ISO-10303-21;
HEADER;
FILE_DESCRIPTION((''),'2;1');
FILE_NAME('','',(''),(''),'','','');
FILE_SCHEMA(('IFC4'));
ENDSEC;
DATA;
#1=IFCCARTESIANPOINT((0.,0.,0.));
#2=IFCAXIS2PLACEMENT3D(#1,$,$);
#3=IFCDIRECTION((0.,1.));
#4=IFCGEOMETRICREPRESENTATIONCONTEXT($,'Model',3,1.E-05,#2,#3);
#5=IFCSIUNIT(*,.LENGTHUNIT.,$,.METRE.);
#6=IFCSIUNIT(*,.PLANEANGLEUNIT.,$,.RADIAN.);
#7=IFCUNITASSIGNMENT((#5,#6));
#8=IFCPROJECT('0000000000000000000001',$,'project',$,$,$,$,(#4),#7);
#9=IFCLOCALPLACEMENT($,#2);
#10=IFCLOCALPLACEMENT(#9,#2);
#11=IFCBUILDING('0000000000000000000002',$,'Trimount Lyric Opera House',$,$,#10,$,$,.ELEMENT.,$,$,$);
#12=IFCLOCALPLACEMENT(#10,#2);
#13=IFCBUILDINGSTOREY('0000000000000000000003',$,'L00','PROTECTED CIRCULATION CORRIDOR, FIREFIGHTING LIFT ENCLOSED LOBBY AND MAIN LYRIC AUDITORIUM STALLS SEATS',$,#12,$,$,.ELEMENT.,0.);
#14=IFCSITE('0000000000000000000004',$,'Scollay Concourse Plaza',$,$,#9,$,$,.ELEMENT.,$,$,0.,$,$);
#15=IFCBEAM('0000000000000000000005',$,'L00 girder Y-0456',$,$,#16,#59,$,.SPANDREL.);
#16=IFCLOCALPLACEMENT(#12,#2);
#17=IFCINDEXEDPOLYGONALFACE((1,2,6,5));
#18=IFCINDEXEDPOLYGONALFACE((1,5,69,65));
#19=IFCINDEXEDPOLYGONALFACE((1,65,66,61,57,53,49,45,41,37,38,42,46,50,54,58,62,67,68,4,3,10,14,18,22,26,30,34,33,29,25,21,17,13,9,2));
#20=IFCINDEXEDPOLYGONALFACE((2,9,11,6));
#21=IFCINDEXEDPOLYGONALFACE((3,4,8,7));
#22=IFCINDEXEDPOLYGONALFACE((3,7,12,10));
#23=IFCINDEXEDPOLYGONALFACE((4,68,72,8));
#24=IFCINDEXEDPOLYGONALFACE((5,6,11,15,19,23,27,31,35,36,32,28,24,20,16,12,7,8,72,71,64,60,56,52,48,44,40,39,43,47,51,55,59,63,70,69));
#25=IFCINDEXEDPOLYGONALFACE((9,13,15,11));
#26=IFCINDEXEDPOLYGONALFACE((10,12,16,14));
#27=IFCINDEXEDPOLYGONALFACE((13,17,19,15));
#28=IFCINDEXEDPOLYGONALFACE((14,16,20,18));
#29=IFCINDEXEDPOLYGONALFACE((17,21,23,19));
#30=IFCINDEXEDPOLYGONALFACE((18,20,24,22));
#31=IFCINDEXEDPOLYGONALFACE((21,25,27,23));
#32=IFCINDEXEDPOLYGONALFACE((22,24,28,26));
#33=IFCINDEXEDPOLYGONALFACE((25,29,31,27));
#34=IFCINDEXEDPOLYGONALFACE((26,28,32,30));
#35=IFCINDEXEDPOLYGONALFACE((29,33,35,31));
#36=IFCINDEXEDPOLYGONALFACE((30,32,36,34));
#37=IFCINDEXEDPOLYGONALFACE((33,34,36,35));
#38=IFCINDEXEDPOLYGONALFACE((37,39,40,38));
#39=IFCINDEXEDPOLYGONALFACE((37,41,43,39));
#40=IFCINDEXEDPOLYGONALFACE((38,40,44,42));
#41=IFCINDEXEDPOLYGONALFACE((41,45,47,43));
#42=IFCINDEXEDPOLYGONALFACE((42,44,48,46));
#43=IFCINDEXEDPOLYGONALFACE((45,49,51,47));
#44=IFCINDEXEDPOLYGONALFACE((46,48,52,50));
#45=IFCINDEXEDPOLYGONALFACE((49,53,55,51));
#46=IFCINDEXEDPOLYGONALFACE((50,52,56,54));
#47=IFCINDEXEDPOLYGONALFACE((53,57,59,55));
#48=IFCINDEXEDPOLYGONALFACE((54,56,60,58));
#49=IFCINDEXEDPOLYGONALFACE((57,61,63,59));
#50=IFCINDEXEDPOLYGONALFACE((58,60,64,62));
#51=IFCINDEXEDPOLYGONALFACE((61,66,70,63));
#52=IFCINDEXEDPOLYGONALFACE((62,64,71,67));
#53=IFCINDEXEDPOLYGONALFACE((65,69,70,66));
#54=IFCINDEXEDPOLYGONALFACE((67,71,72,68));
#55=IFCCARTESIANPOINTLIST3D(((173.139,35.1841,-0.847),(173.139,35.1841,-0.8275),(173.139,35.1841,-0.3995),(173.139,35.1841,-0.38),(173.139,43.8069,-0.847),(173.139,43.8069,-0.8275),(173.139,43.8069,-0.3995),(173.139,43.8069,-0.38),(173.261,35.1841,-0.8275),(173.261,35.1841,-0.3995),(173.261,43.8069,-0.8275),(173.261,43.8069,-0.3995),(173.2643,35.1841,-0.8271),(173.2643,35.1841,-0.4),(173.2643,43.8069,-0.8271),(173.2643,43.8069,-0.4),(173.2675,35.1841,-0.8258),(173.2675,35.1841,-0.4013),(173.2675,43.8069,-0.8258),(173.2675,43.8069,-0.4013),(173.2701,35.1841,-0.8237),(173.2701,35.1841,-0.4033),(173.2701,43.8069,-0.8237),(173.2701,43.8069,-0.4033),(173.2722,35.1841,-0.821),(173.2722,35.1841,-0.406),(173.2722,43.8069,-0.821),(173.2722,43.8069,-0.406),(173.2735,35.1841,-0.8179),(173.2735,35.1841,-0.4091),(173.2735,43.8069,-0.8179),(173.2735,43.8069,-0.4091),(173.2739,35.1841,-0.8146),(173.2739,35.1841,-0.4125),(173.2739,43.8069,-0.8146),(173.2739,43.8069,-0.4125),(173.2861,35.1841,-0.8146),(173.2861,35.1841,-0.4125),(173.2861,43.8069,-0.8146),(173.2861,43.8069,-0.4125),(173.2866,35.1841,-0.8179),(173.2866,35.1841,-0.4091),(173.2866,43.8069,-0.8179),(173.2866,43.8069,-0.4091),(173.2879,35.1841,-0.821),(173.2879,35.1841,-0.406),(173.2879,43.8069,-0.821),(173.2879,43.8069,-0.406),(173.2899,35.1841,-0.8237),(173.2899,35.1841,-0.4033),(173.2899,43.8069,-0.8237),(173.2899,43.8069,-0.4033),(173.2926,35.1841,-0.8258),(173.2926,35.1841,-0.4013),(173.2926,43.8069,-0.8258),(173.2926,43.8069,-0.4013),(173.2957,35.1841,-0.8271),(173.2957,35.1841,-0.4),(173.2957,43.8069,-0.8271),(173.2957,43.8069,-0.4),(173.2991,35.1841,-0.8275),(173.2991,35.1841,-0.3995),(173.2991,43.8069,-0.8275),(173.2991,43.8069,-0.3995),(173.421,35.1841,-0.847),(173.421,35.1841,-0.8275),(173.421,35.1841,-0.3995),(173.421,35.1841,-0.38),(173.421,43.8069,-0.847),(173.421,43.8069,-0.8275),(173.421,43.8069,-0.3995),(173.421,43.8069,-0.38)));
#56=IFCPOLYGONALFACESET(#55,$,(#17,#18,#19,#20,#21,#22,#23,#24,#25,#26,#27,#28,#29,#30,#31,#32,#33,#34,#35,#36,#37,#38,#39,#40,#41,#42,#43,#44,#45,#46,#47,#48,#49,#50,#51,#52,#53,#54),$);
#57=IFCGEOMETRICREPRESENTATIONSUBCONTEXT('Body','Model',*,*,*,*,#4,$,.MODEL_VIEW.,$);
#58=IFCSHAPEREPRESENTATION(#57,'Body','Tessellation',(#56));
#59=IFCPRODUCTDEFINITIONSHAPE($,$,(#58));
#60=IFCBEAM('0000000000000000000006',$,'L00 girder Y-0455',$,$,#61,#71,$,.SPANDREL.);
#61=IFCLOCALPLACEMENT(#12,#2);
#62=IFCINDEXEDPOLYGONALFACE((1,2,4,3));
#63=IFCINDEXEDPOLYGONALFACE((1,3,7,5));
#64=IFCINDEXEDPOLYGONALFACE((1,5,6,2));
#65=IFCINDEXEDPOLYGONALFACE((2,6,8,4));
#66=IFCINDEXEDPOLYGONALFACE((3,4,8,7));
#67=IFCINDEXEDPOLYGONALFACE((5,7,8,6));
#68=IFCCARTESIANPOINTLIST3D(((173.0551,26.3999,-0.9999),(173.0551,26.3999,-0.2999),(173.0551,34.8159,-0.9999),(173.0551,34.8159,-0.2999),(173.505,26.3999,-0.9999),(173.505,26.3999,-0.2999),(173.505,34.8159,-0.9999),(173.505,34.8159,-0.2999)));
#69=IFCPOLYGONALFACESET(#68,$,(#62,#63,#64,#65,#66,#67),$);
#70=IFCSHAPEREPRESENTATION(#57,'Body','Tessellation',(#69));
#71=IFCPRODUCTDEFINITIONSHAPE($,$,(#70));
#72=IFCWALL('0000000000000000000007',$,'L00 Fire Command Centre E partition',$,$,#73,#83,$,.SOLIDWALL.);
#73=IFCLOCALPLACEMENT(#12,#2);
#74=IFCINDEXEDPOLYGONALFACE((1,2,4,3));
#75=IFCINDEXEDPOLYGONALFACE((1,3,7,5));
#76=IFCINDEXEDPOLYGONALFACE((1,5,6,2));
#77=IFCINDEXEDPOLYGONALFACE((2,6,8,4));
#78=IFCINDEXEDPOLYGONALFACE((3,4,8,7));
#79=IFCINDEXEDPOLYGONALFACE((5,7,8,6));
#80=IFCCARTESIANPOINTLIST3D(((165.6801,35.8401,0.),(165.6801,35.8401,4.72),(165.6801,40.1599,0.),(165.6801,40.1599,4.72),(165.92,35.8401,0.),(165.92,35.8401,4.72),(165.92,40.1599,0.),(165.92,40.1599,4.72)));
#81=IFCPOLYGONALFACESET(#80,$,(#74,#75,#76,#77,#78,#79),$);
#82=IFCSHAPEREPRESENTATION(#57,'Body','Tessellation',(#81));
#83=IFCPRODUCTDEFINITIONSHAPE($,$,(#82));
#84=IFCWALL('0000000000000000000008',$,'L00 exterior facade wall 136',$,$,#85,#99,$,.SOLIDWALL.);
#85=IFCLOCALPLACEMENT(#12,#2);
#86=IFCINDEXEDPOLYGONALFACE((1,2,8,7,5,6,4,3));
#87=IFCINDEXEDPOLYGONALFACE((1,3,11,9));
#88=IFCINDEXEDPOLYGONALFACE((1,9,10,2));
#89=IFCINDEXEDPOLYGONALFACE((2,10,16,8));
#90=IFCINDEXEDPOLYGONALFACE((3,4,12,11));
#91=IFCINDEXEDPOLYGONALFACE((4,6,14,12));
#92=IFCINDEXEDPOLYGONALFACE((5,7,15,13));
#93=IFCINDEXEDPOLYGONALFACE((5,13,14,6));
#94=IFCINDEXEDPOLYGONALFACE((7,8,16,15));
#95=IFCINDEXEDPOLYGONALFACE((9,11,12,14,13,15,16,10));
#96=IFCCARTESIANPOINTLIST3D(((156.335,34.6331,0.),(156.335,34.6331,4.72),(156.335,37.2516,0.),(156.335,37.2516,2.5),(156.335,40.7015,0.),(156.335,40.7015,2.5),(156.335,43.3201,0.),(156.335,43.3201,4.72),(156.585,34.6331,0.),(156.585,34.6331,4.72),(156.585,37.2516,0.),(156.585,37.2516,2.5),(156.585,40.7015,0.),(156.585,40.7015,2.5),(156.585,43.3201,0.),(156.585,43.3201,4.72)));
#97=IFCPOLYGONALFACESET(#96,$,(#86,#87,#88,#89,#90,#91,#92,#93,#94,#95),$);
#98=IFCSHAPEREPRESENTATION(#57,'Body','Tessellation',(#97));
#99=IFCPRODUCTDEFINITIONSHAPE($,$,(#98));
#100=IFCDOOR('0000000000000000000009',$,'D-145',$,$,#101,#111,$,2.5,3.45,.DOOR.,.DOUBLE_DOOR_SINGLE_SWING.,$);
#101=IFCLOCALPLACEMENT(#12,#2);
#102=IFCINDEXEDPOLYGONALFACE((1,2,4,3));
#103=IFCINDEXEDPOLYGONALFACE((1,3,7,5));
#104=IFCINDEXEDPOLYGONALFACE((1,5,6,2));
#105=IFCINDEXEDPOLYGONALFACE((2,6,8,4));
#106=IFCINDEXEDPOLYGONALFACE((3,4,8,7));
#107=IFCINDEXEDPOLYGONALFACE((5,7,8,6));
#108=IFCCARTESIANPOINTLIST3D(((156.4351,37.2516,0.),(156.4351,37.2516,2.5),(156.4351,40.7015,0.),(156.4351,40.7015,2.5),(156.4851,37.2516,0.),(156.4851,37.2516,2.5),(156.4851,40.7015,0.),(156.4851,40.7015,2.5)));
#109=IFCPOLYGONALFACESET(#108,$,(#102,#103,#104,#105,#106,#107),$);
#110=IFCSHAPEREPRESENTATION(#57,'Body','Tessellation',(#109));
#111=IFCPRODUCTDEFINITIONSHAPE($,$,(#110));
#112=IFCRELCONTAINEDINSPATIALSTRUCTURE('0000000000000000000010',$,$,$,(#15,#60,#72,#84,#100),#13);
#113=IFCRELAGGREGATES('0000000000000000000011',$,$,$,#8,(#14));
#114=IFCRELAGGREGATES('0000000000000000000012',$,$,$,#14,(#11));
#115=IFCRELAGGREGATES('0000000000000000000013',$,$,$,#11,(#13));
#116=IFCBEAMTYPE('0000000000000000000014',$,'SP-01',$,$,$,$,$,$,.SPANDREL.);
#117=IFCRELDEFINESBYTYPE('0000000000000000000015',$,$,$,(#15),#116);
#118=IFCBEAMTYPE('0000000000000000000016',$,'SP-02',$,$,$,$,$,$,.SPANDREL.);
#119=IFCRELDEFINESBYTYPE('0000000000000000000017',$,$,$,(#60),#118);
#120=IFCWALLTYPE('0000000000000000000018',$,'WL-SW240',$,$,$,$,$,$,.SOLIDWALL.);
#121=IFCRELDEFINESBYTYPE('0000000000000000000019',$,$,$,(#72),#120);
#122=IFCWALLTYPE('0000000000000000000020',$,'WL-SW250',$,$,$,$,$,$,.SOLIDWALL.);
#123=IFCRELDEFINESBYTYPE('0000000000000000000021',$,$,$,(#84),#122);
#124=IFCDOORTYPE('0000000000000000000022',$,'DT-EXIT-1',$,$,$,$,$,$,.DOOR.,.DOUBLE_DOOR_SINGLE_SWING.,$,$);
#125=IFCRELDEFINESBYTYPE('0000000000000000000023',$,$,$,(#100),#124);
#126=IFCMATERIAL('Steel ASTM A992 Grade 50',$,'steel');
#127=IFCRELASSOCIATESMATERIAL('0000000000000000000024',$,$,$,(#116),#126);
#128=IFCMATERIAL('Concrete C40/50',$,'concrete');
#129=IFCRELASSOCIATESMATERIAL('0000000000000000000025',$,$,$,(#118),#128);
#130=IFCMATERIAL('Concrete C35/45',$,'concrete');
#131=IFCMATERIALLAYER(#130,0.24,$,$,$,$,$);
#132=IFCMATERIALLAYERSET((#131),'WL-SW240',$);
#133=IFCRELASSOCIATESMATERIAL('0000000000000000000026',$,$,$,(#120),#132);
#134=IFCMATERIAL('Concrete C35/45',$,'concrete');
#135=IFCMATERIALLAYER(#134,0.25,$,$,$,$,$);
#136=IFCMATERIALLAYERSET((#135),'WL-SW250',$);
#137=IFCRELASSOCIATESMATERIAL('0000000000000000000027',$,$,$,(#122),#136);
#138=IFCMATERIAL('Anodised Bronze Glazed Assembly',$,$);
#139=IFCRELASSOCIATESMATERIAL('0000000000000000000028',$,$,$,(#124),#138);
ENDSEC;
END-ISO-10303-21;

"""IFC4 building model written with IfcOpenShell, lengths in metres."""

from ifc_helpers import new_model, si_unit, direction, frame, frame_2d, origin, origin_2d, place, context, subcontext, project, spatial, rectangle, i_section, extrude, material, layer, layer_set, material_profile, profile_set, type_object, element, fill, save


model = new_model("IFC4")

# Units and contexts
model_context = context("Model", 3, precision=1e-05, world=origin(), true_north=direction((0.0, 1.0)))
body_context = subcontext(model_context, "Body", "Model", "MODEL_VIEW")
ifc_project = project(units=[si_unit("LENGTHUNIT", "METRE"), si_unit("PLANEANGLEUNIT", "RADIAN")], contexts=[model_context])

# Site, building, storey
site_placement = place(None, origin())
site = spatial("IfcSite", under=ifc_project, at=site_placement, Name="Scollay Concourse Plaza", CompositionType="ELEMENT", RefElevation=0.0)
building_placement = place(site_placement, origin())
building = spatial("IfcBuilding", under=site, at=building_placement, Name="Trimount Lyric Opera House", CompositionType="ELEMENT")
storey_placement = place(building_placement, origin())
storey = spatial("IfcBuildingStorey", under=building, at=storey_placement, Name="L00", Description="PROTECTED CIRCULATION CORRIDOR, FIREFIGHTING LIFT ENCLOSED LOBBY AND MAIN LYRIC AUDITORIUM STALLS SEATS", CompositionType="ELEMENT", Elevation=0.0)

# Beams
ifc_material_1 = material(Name="Steel ASTM A992 Grade 50", Category="steel")
ifc_material_profile_1 = material_profile(ifc_material_1, i_section(OverallWidth=0.282, OverallDepth=0.467, WebThickness=0.0122, FlangeThickness=0.0195, FilletRadius=0.0129, at=origin_2d()), Name="W18X86")
ifc_profile_set_1 = profile_set([ifc_material_profile_1], Name="Steel ASTM A992 Grade 50")
beam_type_1 = type_object("IfcBeamType", Name="SP-01", PredefinedType="SPANDREL", material=ifc_profile_set_1)
beam_1_placement = place(storey_placement, frame((173.28, 35.1841, -0.6135), z_axis=(0.0, 1.0, 0.0), x_axis=(-1.0, 0.0, 0.0)))
element("IfcBeam", 1, at=beam_1_placement, inside=storey, type_object=beam_type_1, Name="L00 girder Y-0456", PredefinedType="SPANDREL", context=body_context, shape_type="SweptSolid", body=[
    extrude(i_section(OverallWidth=0.282, OverallDepth=0.467, WebThickness=0.0122, FlangeThickness=0.0195, FilletRadius=0.0129, at=origin_2d()), origin(), (0.0, 0.0, 1.0), 8.6228),
])
ifc_material_2 = material(Name="Concrete C40/50", Category="concrete")
ifc_material_profile_2 = material_profile(ifc_material_2, rectangle(XDim=0.45, YDim=0.7, at=origin_2d()), Name="RC450X700")
ifc_profile_set_2 = profile_set([ifc_material_profile_2], Name="Concrete C40/50")
beam_type_2 = type_object("IfcBeamType", Name="SP-02", PredefinedType="SPANDREL", material=ifc_profile_set_2)
beam_2_placement = place(storey_placement, frame((173.28, 26.3999, -0.6499), z_axis=(0.0, 1.0, 0.0), x_axis=(-1.0, 0.0, 0.0)))
element("IfcBeam", 2, at=beam_2_placement, inside=storey, type_object=beam_type_2, Name="L00 girder Y-0455", PredefinedType="SPANDREL", context=body_context, shape_type="SweptSolid", body=[
    extrude(rectangle(XDim=0.45, YDim=0.7, at=origin_2d()), origin(), (0.0, 0.0, 1.0), 8.416),
])

# Wall
ifc_material_3 = material(Name="Concrete C35/45", Category="concrete")
ifc_layer_1 = layer(ifc_material_3, 0.24)
ifc_layer_set_1 = layer_set([ifc_layer_1], Name="WL-SW240")
wall_type_1 = type_object("IfcWallType", Name="WL-SW240", PredefinedType="SOLIDWALL", material=ifc_layer_set_1)
wall_1_placement = place(storey_placement, frame((165.8, 35.8401, 0.0), z_axis=(0.0, 0.0, 1.0), x_axis=(0.0, 1.0, 0.0)))
element("IfcWall", 3, at=wall_1_placement, inside=storey, type_object=wall_type_1, Name="L00 Fire Command Centre E partition", PredefinedType="SOLIDWALL", context=body_context, shape_type="SweptSolid", body=[
    extrude(rectangle(XDim=4.3198, YDim=0.24, at=frame_2d((2.1599, 0.0))), origin(), (0.0, 0.0, 1.0), 4.72),
])

# Wall, opening, door
ifc_material_4 = material(Name="Concrete C35/45", Category="concrete")
ifc_layer_2 = layer(ifc_material_4, 0.25)
ifc_layer_set_2 = layer_set([ifc_layer_2], Name="WL-SW250")
wall_type_2 = type_object("IfcWallType", Name="WL-SW250", PredefinedType="SOLIDWALL", material=ifc_layer_set_2)
wall_2_placement = place(storey_placement, frame((156.46, 34.6331, 0.0), z_axis=(0.0, 0.0, 1.0), x_axis=(0.0, 1.0, 0.0)))
wall_2 = element("IfcWall", 4, at=wall_2_placement, inside=storey, type_object=wall_type_2, Name="L00 exterior facade wall 136", PredefinedType="SOLIDWALL", context=body_context, shape_type="SweptSolid", body=[
    extrude(rectangle(XDim=8.687, YDim=0.25, at=frame_2d((4.3435, 0.0))), origin(), (0.0, 0.0, 1.0), 4.72),
])
opening_placement = place(wall_2_placement, frame((2.6184, 0.0, 0.0)))
opening = element("IfcOpeningElement", 5, at=opening_placement, cuts=wall_2, PredefinedType="OPENING", context=body_context, shape_type="SweptSolid", body=[
    extrude(rectangle(XDim=3.45, YDim=2.5, at=frame_2d((1.7251, 1.25))), frame((0.0, 0.135, 0.0), z_axis=(0.0, -1.0, 0.0), x_axis=(1.0, 0.0, 0.0)), (0.0, 0.0, 1.0), 0.27),
])
ifc_material_5 = material(Name="Anodised Bronze Glazed Assembly")
door_type = type_object("IfcDoorType", Name="DT-EXIT-1", OperationType="DOUBLE_DOOR_SINGLE_SWING", PredefinedType="DOOR", material=ifc_material_5)
door_placement = place(opening_placement, origin())
door = element("IfcDoor", 6, at=door_placement, inside=storey, type_object=door_type, Name="D-145", OperationType="DOUBLE_DOOR_SINGLE_SWING", OverallHeight=2.5, OverallWidth=3.45, PredefinedType="DOOR", context=body_context, shape_type="SweptSolid", body=[
    extrude(rectangle(XDim=3.45, YDim=2.5, at=frame_2d((1.7251, 1.25))), frame((0.0, 0.0249, 0.0), z_axis=(0.0, -1.0, 0.0), x_axis=(1.0, 0.0, 0.0)), (0.0, 0.0, 1.0), 0.05),
])
fill(opening, door)

save(model, "model.ifc")
